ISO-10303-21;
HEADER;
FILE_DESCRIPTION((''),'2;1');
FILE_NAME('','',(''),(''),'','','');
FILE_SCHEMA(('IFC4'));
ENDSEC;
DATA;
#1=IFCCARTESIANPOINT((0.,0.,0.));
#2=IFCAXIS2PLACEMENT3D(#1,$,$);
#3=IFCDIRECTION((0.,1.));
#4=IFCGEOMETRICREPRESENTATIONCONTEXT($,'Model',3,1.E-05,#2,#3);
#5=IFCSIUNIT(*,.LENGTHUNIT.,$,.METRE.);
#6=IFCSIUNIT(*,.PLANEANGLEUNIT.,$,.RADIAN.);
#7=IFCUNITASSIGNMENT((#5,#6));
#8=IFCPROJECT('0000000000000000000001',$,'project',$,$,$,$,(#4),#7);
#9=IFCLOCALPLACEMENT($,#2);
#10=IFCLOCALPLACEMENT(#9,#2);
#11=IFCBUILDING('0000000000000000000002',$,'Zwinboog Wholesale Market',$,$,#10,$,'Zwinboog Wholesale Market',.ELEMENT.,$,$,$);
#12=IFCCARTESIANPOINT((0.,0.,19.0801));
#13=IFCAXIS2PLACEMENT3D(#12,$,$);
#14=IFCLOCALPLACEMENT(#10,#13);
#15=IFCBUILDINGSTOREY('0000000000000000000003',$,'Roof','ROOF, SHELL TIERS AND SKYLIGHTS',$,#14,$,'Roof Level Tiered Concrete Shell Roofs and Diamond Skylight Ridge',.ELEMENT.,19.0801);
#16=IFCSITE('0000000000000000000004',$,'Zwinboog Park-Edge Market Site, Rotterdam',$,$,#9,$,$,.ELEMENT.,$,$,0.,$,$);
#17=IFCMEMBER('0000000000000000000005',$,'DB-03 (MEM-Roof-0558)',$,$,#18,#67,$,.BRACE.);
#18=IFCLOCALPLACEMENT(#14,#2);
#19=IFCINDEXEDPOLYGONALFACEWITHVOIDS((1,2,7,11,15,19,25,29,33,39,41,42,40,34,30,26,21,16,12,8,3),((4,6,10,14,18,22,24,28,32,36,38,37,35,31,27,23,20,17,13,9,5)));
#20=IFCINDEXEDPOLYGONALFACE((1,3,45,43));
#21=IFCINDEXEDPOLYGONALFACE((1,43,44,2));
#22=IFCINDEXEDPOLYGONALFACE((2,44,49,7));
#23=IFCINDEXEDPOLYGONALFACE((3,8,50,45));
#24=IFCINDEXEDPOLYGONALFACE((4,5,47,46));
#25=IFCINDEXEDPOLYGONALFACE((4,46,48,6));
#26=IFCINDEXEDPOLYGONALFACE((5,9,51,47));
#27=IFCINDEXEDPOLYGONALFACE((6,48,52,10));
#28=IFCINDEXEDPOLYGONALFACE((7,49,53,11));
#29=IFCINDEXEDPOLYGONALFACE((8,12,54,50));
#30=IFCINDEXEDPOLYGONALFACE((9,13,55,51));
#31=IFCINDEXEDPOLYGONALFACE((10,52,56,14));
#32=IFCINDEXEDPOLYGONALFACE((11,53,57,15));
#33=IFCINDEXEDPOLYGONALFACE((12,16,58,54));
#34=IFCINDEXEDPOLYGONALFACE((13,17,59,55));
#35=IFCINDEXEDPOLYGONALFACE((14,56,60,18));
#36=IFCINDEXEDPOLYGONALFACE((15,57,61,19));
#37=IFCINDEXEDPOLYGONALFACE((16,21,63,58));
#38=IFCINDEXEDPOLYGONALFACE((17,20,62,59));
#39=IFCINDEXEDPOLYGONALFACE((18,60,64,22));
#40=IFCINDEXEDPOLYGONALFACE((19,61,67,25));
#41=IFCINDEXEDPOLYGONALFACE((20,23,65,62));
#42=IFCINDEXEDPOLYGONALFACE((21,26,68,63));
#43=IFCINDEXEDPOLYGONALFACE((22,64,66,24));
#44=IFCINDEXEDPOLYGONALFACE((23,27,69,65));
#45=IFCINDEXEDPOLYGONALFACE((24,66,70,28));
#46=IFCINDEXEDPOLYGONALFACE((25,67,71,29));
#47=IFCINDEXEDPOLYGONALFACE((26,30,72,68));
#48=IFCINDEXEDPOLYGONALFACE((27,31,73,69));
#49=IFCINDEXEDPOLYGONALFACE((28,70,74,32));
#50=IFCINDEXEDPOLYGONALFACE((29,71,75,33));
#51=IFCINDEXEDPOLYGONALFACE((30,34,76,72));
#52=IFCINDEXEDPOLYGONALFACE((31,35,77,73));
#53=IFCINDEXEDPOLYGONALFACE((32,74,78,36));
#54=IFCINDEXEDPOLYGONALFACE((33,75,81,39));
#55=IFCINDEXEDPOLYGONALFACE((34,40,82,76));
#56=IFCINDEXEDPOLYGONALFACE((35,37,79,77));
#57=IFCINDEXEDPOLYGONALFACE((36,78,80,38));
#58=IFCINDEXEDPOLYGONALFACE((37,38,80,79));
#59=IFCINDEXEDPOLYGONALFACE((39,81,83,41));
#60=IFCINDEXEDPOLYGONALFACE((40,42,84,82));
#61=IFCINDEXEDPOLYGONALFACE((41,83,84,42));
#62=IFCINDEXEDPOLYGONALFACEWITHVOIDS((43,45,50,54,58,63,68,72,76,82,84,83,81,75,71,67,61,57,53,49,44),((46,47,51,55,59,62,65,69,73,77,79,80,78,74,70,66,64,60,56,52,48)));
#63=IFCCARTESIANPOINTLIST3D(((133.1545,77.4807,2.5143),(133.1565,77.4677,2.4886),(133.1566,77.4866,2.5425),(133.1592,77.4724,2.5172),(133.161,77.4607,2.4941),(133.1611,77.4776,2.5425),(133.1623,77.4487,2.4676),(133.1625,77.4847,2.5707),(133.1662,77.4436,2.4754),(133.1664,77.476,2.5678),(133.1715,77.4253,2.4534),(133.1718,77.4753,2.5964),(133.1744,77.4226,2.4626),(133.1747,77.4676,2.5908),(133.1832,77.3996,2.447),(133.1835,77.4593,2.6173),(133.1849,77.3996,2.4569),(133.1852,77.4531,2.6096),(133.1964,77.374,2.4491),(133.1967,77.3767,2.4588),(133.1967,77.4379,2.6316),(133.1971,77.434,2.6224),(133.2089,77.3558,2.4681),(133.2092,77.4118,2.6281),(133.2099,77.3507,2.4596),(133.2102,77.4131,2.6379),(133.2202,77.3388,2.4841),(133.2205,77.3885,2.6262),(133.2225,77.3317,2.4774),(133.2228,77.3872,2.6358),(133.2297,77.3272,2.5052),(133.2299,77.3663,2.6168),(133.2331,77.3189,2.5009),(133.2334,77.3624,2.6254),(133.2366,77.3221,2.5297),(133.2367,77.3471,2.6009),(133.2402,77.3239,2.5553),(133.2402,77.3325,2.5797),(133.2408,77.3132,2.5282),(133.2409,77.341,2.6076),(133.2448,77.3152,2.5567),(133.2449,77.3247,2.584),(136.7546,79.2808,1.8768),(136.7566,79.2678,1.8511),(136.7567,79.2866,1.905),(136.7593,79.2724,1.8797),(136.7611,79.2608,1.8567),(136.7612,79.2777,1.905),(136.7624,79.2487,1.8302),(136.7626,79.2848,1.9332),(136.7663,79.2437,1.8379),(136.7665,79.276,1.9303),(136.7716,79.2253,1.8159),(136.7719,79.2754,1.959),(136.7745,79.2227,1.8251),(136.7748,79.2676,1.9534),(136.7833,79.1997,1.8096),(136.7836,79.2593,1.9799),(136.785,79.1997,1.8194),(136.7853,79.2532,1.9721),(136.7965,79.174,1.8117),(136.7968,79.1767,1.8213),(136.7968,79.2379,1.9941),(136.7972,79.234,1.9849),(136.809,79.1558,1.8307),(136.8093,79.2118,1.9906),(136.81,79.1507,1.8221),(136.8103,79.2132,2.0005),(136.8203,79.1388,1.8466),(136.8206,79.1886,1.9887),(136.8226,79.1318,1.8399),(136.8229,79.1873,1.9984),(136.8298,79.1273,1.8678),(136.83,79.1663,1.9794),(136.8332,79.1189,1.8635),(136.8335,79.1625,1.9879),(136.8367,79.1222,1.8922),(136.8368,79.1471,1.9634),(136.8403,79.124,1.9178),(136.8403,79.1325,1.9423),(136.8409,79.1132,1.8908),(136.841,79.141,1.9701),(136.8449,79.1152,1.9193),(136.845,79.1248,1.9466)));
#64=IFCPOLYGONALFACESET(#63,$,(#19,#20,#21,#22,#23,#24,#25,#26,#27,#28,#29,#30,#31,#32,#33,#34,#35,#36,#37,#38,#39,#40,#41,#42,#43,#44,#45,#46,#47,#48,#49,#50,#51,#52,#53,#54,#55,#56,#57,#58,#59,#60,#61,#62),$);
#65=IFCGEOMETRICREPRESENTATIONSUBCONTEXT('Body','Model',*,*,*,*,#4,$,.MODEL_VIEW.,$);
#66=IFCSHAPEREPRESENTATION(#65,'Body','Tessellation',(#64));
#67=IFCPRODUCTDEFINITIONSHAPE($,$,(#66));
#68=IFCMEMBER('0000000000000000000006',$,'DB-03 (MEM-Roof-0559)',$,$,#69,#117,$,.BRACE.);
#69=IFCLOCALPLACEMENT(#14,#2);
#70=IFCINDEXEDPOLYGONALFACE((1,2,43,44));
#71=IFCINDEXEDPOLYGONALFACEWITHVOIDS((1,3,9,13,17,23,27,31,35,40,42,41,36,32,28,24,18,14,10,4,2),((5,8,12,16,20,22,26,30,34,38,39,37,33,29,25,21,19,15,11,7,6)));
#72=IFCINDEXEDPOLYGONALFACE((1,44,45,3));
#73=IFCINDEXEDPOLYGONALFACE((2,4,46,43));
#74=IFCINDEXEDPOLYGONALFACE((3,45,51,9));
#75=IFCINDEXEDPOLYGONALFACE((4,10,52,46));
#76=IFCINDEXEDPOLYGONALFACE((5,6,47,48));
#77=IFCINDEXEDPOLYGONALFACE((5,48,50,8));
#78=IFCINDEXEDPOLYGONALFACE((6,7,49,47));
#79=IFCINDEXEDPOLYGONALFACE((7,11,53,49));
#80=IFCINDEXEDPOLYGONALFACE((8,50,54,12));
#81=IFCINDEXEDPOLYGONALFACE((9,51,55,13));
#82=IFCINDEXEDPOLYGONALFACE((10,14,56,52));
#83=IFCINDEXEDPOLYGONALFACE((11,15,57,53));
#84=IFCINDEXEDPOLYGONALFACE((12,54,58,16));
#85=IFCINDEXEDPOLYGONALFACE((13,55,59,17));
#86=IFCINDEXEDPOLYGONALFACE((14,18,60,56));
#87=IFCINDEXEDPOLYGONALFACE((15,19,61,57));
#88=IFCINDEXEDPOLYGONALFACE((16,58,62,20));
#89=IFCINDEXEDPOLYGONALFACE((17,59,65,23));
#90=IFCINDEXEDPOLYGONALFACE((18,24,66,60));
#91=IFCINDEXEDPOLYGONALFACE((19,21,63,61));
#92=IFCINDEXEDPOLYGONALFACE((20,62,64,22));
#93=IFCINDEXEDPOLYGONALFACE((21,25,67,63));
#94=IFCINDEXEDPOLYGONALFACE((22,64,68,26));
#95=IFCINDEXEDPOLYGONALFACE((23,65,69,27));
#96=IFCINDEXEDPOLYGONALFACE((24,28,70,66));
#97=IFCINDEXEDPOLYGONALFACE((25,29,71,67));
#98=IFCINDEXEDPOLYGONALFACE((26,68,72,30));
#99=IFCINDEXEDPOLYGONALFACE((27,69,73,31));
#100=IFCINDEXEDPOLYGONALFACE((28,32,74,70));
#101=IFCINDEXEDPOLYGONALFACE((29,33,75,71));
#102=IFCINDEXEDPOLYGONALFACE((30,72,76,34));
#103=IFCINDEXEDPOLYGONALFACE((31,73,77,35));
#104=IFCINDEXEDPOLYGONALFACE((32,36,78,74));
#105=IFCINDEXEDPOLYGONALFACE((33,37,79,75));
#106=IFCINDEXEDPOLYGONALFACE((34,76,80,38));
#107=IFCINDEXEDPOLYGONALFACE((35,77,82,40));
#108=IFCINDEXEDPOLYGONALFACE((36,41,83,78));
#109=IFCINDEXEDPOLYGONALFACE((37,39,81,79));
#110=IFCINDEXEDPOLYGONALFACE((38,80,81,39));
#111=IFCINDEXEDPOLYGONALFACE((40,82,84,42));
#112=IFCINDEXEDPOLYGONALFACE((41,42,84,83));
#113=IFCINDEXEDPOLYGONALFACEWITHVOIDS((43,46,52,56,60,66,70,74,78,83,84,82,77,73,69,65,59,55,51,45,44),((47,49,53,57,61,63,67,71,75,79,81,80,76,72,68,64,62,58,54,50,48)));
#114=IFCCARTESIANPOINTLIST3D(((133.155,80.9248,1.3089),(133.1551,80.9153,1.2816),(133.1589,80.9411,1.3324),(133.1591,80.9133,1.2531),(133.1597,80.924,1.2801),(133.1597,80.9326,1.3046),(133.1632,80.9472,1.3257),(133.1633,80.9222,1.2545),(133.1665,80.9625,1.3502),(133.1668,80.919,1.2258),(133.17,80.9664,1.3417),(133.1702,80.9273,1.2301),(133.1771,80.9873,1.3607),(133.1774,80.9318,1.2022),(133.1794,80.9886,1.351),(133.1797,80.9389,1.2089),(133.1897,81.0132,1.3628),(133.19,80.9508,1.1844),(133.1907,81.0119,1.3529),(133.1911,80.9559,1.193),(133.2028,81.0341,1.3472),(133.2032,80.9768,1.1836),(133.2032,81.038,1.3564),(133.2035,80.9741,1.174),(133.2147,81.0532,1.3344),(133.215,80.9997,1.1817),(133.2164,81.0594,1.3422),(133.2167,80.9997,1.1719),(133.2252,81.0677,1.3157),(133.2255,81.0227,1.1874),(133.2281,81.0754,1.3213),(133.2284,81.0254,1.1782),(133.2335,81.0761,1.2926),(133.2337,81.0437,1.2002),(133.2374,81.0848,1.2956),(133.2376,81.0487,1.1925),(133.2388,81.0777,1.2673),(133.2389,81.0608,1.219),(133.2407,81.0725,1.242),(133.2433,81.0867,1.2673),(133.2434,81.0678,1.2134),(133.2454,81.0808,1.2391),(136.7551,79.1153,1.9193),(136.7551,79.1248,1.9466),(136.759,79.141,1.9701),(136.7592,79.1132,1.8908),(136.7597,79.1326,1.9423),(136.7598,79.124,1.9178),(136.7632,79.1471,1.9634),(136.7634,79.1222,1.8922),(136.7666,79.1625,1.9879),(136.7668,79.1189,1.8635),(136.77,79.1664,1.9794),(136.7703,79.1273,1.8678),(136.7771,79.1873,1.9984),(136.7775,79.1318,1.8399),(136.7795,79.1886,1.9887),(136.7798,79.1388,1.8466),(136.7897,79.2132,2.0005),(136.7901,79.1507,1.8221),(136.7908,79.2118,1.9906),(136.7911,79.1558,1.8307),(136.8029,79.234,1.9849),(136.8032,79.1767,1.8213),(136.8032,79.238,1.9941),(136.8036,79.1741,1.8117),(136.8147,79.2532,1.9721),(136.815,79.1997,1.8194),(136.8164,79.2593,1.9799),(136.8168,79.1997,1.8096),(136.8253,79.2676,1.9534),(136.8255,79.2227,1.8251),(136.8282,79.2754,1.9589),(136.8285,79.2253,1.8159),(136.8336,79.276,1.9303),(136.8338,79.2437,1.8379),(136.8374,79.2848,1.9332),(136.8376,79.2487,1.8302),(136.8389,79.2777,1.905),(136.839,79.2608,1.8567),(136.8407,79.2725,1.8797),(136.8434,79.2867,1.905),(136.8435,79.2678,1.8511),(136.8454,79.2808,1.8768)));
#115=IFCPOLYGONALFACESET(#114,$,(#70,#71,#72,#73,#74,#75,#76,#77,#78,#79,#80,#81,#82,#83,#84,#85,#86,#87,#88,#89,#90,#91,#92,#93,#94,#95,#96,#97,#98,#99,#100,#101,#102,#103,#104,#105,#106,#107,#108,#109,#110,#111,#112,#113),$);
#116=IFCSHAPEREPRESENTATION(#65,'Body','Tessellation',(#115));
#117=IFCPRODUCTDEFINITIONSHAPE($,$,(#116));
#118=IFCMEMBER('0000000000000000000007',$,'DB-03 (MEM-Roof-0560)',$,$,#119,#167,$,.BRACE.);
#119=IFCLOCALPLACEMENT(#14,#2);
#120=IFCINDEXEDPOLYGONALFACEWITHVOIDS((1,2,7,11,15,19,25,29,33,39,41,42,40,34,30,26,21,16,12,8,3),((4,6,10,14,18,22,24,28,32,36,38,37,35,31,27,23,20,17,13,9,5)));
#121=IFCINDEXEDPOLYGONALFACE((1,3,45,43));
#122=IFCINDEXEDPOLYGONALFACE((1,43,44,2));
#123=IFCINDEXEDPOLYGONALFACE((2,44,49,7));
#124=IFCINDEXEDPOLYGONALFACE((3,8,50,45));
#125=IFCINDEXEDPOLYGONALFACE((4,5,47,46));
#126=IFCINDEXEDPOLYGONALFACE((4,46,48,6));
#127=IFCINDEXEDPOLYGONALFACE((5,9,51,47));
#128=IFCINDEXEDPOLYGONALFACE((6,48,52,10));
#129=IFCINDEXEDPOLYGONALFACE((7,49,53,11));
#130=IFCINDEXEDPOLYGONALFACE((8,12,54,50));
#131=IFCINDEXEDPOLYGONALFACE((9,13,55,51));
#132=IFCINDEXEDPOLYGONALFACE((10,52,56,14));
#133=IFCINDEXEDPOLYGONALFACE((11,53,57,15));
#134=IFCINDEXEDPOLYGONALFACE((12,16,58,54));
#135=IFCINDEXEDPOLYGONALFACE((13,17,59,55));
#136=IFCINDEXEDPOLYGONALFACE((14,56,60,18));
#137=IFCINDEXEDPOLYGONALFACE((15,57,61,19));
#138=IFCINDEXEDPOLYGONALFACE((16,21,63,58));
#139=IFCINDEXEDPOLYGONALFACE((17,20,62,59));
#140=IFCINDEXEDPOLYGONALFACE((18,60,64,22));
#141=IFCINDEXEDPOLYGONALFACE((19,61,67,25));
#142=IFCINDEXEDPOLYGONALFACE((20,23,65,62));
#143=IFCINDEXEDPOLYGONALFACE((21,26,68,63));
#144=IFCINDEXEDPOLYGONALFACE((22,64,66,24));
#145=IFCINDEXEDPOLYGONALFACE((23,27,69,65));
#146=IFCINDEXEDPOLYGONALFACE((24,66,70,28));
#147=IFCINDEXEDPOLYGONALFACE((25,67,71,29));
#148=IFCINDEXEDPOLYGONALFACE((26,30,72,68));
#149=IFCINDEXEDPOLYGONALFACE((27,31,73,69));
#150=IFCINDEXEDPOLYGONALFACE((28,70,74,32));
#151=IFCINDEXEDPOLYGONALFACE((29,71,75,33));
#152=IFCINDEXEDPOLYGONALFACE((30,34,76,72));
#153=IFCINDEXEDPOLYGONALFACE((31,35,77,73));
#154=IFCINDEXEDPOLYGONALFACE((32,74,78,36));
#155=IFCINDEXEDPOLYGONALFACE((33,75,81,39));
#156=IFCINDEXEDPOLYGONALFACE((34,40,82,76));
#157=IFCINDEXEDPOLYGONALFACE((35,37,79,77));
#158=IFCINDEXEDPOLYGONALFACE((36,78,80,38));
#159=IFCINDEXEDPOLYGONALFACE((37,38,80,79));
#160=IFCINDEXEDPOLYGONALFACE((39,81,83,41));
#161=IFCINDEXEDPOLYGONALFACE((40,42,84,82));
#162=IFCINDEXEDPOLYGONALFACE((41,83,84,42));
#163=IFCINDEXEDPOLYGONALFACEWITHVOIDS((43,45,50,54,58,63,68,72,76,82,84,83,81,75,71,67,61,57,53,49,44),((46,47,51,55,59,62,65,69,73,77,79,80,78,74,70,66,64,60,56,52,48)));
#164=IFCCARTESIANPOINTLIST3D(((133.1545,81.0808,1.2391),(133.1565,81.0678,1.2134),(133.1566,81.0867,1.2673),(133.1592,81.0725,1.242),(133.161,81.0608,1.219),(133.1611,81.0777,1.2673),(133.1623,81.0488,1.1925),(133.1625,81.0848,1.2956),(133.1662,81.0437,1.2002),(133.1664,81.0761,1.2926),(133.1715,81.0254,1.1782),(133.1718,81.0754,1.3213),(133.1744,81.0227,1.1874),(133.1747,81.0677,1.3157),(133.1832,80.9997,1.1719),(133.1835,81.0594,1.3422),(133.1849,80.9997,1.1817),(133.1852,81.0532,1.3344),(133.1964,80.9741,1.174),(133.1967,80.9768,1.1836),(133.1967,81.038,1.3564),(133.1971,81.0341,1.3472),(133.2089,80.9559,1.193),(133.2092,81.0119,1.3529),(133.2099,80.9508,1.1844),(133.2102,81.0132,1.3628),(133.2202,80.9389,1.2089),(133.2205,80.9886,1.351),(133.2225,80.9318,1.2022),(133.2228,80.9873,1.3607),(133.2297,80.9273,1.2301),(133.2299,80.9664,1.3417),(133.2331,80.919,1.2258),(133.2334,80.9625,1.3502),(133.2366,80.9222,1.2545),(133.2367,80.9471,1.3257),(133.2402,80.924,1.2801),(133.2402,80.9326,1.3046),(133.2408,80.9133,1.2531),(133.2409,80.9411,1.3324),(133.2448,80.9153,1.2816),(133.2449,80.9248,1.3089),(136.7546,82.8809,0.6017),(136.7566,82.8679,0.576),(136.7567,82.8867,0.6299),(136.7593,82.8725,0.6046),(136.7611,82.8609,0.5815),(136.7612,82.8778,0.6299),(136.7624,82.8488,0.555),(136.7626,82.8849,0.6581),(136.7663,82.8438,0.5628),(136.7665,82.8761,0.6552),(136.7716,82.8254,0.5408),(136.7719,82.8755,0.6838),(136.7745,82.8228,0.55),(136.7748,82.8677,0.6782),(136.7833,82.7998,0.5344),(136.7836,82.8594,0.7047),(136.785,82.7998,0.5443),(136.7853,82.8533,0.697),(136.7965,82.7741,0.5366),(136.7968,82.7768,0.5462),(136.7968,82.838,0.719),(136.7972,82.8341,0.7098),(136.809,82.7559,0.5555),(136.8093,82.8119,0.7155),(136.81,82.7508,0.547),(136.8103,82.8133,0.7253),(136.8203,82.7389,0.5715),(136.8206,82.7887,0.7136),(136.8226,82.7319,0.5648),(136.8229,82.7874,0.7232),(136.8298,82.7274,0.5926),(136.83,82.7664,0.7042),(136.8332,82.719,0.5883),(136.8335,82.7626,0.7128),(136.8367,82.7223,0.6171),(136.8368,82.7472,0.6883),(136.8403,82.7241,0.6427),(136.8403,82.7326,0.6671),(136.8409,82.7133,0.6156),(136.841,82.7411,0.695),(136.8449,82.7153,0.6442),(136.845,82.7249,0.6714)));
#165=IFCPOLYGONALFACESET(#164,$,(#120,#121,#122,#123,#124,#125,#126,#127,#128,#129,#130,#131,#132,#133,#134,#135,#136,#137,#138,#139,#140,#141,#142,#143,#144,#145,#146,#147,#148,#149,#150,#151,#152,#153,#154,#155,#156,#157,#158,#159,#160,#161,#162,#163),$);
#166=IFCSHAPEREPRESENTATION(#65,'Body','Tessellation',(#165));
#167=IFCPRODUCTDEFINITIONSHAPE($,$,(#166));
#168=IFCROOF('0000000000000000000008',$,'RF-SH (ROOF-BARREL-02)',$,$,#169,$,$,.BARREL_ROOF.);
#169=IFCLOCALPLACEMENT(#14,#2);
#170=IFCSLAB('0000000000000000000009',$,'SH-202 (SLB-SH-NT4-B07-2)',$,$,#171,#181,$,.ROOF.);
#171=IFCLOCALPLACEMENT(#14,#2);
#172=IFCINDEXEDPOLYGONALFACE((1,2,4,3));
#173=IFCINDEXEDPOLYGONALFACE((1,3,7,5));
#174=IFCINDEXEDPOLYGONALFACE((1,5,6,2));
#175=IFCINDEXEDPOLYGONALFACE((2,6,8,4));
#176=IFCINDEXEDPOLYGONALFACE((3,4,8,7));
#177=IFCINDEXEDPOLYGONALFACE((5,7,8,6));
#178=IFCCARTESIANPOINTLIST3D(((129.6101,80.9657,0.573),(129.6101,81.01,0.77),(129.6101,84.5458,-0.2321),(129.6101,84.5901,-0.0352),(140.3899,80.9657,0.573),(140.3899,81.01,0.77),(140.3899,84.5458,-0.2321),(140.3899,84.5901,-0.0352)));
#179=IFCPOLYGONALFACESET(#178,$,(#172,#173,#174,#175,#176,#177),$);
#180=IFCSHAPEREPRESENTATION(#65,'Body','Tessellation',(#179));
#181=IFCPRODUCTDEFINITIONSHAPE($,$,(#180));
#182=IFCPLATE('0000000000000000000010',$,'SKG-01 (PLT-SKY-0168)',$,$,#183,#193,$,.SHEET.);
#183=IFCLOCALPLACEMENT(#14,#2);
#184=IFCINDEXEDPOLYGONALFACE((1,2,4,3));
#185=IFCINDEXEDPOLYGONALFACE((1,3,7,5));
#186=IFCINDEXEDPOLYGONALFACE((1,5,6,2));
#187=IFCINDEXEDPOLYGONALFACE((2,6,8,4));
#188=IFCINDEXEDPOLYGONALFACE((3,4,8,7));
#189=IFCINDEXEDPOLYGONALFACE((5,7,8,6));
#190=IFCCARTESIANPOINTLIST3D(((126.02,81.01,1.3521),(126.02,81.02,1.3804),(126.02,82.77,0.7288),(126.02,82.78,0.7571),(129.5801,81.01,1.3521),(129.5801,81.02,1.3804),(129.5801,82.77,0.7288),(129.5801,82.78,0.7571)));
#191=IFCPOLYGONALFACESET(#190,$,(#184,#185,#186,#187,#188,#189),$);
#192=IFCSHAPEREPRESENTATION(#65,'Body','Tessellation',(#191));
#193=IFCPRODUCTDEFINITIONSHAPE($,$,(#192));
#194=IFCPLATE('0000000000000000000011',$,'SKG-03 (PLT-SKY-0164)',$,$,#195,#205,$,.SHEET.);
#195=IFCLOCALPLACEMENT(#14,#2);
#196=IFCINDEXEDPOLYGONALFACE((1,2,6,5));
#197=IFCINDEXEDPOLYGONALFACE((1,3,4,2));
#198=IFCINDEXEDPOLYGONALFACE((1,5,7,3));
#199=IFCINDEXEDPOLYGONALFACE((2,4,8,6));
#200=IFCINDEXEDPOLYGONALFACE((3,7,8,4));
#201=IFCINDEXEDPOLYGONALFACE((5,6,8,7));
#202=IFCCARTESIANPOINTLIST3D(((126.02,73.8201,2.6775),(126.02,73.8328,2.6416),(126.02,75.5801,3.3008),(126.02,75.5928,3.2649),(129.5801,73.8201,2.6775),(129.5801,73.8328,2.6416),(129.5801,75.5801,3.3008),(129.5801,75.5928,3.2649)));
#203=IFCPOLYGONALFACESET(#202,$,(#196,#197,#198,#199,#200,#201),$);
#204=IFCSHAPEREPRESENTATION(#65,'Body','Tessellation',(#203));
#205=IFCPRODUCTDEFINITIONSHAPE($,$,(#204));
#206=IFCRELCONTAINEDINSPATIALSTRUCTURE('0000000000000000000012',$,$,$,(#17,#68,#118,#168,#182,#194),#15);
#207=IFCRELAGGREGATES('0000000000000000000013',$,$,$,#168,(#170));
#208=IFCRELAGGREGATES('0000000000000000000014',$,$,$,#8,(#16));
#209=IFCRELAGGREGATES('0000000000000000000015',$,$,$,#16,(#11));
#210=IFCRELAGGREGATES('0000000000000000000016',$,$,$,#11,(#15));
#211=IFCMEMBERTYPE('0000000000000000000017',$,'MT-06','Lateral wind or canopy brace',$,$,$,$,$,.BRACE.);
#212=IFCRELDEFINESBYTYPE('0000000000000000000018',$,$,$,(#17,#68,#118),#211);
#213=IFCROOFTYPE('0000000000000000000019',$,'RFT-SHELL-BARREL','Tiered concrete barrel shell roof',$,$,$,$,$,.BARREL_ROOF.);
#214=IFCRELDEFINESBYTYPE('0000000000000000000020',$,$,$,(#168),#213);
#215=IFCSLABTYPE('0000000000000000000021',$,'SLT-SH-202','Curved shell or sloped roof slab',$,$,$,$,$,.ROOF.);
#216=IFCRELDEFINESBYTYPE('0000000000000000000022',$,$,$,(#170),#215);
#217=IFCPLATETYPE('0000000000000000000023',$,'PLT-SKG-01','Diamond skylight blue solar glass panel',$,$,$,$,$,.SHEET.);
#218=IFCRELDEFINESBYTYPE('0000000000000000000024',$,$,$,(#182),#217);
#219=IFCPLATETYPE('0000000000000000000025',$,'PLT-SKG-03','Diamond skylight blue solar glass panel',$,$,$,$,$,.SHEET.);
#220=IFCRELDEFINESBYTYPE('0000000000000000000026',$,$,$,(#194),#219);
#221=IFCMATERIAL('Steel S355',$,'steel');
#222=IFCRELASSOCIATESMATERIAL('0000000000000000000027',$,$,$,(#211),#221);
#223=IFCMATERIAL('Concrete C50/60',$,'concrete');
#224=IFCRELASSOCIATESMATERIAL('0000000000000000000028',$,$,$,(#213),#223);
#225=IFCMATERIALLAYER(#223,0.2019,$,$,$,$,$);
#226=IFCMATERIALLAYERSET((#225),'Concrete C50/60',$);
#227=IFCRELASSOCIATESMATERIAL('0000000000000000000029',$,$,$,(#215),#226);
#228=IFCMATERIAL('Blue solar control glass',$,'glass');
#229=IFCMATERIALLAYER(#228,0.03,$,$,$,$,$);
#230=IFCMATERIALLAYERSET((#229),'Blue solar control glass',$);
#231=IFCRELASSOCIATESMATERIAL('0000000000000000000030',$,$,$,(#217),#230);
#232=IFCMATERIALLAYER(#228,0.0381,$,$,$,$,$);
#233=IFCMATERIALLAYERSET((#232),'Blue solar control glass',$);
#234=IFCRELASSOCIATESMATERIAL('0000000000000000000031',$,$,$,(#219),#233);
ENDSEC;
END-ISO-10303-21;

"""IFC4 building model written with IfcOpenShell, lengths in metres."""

from ifc_helpers import new_model, si_unit, direction, frame, origin, origin_2d, place, context, subcontext, project, spatial, polyline, hollow_circle, outline, extrude, material, layer, layer_set, material_profile, profile_set, type_object, element, aggregate, save


model = new_model("IFC4")

# Units and contexts
model_context = context("Model", 3, precision=1e-05, world=origin(), true_north=direction((0.0, 1.0)))
body_context = subcontext(model_context, "Body", "Model", "MODEL_VIEW")
ifc_project = project(units=[si_unit("LENGTHUNIT", "METRE"), si_unit("PLANEANGLEUNIT", "RADIAN")], contexts=[model_context])

# Site, building, storey
site_placement = place(None, origin())
site = spatial("IfcSite", under=ifc_project, at=site_placement, Name="Zwinboog Park-Edge Market Site, Rotterdam", CompositionType="ELEMENT", RefElevation=0.0)
building_placement = place(site_placement, origin())
building = spatial("IfcBuilding", under=site, at=building_placement, Name="Zwinboog Wholesale Market", LongName="Zwinboog Wholesale Market", CompositionType="ELEMENT")
storey_placement = place(building_placement, frame((0.0, 0.0, 19.0801)))
storey = spatial("IfcBuildingStorey", under=building, at=storey_placement, Name="Roof", Description="ROOF, SHELL TIERS AND SKYLIGHTS", LongName="Roof Level Tiered Concrete Shell Roofs and Diamond Skylight Ridge", CompositionType="ELEMENT", Elevation=19.0801)

# Members
ifc_material_1 = material(Name="Steel S355", Category="steel")
ifc_material_profile_1 = material_profile(ifc_material_1, hollow_circle(Radius=0.0969, WallThickness=0.01, at=origin_2d()), Name="CHS 193.7x10")
ifc_profile_set_1 = profile_set([ifc_material_profile_1], Name="Steel S355")
member_type_1 = type_object("IfcMemberType", Name="MT-06", Description="Lateral wind or canopy brace", PredefinedType="BRACE", material=ifc_profile_set_1)
for number, where, z_axis, x_axis, name in (
    (1, (133.2, 77.3999, 2.5425), (0.883417, 0.441709, -0.156422), (-0.447214, 0.894427, 0.0), "DB-03 (MEM-Roof-0558)"),
    (2, (133.2, 81.0, 1.2673), (0.883409, -0.441704, 0.156481), (0.447214, 0.894427, 0.0), "DB-03 (MEM-Roof-0559)"),
    (3, (133.2, 81.0, 1.2673), (0.883417, 0.441709, -0.156422), (-0.447214, 0.894427, 0.0), "DB-03 (MEM-Roof-0560)"),
):
    element("IfcMember", number, at=place(storey_placement, frame(where, z_axis=z_axis, x_axis=x_axis)), inside=storey, type_object=member_type_1, Name=name, PredefinedType="BRACE", context=body_context, shape_type="SweptSolid", body=[
        extrude(hollow_circle(Radius=0.0969, WallThickness=0.01, at=origin_2d()), origin(), (0.0, 0.0, 1.0), 4.0752),
    ])

# Roof, slab
ifc_material_2 = material(Name="Concrete C50/60", Category="concrete")
roof_type = type_object("IfcRoofType", Name="RFT-SHELL-BARREL", Description="Tiered concrete barrel shell roof", PredefinedType="BARREL_ROOF", material=ifc_material_2)
roof_placement = place(storey_placement, origin())
roof = element("IfcRoof", 4, at=roof_placement, inside=storey, type_object=roof_type, Name="RF-SH (ROOF-BARREL-02)", PredefinedType="BARREL_ROOF")
ifc_layer_1 = layer(ifc_material_2, 0.2019)
ifc_layer_set_1 = layer_set([ifc_layer_1], Name="Concrete C50/60")
slab_type = type_object("IfcSlabType", Name="SLT-SH-202", Description="Curved shell or sloped roof slab", PredefinedType="ROOF", material=ifc_layer_set_1)
slab_placement = place(storey_placement, frame((129.6101, 81.01, 0.77), z_axis=(0.0, 0.219424, 0.97563), x_axis=(1.0, 0.0, 0.0)))
slab = element("IfcSlab", 5, at=slab_placement, type_object=slab_type, Name="SH-202 (SLB-SH-NT4-B07-2)", PredefinedType="ROOF", context=body_context, shape_type="SweptSolid", body=[
    extrude(outline(polyline([(0.0, 0.0), (10.7798, 0.0), (10.7798, 3.6695), (0.0, 3.6695), (0.0, 0.0)])), origin(), (0.0, 0.0, -1.0), 0.2019),
])
aggregate(roof, [slab])

# Plates
ifc_material_3 = material(Name="Blue solar control glass", Category="glass")
ifc_layer_2 = layer(ifc_material_3, 0.03)
ifc_layer_set_2 = layer_set([ifc_layer_2], Name="Blue solar control glass")
plate_type_1 = type_object("IfcPlateType", Name="PLT-SKG-01", Description="Diamond skylight blue solar glass panel", PredefinedType="SHEET", material=ifc_layer_set_2)
plate_1_placement = place(storey_placement, frame((126.02, 81.02, 1.3804), z_axis=(0.0, 0.333825, 0.942635), x_axis=(1.0, 0.0, 0.0)))
element("IfcPlate", 6, at=plate_1_placement, inside=storey, type_object=plate_type_1, Name="SKG-01 (PLT-SKY-0168)", PredefinedType="SHEET", context=body_context, shape_type="SweptSolid", body=[
    extrude(outline(polyline([(0.0, 0.0), (3.5601, 0.0), (3.5601, 1.8671), (0.0, 1.8671), (0.0, 0.0)])), origin(), (0.0, 0.0, -1.0), 0.03),
])
ifc_layer_3 = layer(ifc_material_3, 0.0381)
ifc_layer_set_3 = layer_set([ifc_layer_3], Name="Blue solar control glass")
plate_type_2 = type_object("IfcPlateType", Name="PLT-SKG-03", Description="Diamond skylight blue solar glass panel", PredefinedType="SHEET", material=ifc_layer_set_3)
plate_2_placement = place(storey_placement, frame((126.02, 73.8201, 2.6775), z_axis=(0.0, -0.333825, 0.942635), x_axis=(1.0, 0.0, 0.0)))
element("IfcPlate", 7, at=plate_2_placement, inside=storey, type_object=plate_type_2, Name="SKG-03 (PLT-SKY-0164)", PredefinedType="SHEET", context=body_context, shape_type="SweptSolid", body=[
    extrude(outline(polyline([(0.0, 0.0), (3.5601, 0.0), (3.5601, 1.8671), (0.0, 1.8671), (0.0, 0.0)])), origin(), (0.0, 0.0, -1.0), 0.0381),
])

save(model, "model.ifc")
